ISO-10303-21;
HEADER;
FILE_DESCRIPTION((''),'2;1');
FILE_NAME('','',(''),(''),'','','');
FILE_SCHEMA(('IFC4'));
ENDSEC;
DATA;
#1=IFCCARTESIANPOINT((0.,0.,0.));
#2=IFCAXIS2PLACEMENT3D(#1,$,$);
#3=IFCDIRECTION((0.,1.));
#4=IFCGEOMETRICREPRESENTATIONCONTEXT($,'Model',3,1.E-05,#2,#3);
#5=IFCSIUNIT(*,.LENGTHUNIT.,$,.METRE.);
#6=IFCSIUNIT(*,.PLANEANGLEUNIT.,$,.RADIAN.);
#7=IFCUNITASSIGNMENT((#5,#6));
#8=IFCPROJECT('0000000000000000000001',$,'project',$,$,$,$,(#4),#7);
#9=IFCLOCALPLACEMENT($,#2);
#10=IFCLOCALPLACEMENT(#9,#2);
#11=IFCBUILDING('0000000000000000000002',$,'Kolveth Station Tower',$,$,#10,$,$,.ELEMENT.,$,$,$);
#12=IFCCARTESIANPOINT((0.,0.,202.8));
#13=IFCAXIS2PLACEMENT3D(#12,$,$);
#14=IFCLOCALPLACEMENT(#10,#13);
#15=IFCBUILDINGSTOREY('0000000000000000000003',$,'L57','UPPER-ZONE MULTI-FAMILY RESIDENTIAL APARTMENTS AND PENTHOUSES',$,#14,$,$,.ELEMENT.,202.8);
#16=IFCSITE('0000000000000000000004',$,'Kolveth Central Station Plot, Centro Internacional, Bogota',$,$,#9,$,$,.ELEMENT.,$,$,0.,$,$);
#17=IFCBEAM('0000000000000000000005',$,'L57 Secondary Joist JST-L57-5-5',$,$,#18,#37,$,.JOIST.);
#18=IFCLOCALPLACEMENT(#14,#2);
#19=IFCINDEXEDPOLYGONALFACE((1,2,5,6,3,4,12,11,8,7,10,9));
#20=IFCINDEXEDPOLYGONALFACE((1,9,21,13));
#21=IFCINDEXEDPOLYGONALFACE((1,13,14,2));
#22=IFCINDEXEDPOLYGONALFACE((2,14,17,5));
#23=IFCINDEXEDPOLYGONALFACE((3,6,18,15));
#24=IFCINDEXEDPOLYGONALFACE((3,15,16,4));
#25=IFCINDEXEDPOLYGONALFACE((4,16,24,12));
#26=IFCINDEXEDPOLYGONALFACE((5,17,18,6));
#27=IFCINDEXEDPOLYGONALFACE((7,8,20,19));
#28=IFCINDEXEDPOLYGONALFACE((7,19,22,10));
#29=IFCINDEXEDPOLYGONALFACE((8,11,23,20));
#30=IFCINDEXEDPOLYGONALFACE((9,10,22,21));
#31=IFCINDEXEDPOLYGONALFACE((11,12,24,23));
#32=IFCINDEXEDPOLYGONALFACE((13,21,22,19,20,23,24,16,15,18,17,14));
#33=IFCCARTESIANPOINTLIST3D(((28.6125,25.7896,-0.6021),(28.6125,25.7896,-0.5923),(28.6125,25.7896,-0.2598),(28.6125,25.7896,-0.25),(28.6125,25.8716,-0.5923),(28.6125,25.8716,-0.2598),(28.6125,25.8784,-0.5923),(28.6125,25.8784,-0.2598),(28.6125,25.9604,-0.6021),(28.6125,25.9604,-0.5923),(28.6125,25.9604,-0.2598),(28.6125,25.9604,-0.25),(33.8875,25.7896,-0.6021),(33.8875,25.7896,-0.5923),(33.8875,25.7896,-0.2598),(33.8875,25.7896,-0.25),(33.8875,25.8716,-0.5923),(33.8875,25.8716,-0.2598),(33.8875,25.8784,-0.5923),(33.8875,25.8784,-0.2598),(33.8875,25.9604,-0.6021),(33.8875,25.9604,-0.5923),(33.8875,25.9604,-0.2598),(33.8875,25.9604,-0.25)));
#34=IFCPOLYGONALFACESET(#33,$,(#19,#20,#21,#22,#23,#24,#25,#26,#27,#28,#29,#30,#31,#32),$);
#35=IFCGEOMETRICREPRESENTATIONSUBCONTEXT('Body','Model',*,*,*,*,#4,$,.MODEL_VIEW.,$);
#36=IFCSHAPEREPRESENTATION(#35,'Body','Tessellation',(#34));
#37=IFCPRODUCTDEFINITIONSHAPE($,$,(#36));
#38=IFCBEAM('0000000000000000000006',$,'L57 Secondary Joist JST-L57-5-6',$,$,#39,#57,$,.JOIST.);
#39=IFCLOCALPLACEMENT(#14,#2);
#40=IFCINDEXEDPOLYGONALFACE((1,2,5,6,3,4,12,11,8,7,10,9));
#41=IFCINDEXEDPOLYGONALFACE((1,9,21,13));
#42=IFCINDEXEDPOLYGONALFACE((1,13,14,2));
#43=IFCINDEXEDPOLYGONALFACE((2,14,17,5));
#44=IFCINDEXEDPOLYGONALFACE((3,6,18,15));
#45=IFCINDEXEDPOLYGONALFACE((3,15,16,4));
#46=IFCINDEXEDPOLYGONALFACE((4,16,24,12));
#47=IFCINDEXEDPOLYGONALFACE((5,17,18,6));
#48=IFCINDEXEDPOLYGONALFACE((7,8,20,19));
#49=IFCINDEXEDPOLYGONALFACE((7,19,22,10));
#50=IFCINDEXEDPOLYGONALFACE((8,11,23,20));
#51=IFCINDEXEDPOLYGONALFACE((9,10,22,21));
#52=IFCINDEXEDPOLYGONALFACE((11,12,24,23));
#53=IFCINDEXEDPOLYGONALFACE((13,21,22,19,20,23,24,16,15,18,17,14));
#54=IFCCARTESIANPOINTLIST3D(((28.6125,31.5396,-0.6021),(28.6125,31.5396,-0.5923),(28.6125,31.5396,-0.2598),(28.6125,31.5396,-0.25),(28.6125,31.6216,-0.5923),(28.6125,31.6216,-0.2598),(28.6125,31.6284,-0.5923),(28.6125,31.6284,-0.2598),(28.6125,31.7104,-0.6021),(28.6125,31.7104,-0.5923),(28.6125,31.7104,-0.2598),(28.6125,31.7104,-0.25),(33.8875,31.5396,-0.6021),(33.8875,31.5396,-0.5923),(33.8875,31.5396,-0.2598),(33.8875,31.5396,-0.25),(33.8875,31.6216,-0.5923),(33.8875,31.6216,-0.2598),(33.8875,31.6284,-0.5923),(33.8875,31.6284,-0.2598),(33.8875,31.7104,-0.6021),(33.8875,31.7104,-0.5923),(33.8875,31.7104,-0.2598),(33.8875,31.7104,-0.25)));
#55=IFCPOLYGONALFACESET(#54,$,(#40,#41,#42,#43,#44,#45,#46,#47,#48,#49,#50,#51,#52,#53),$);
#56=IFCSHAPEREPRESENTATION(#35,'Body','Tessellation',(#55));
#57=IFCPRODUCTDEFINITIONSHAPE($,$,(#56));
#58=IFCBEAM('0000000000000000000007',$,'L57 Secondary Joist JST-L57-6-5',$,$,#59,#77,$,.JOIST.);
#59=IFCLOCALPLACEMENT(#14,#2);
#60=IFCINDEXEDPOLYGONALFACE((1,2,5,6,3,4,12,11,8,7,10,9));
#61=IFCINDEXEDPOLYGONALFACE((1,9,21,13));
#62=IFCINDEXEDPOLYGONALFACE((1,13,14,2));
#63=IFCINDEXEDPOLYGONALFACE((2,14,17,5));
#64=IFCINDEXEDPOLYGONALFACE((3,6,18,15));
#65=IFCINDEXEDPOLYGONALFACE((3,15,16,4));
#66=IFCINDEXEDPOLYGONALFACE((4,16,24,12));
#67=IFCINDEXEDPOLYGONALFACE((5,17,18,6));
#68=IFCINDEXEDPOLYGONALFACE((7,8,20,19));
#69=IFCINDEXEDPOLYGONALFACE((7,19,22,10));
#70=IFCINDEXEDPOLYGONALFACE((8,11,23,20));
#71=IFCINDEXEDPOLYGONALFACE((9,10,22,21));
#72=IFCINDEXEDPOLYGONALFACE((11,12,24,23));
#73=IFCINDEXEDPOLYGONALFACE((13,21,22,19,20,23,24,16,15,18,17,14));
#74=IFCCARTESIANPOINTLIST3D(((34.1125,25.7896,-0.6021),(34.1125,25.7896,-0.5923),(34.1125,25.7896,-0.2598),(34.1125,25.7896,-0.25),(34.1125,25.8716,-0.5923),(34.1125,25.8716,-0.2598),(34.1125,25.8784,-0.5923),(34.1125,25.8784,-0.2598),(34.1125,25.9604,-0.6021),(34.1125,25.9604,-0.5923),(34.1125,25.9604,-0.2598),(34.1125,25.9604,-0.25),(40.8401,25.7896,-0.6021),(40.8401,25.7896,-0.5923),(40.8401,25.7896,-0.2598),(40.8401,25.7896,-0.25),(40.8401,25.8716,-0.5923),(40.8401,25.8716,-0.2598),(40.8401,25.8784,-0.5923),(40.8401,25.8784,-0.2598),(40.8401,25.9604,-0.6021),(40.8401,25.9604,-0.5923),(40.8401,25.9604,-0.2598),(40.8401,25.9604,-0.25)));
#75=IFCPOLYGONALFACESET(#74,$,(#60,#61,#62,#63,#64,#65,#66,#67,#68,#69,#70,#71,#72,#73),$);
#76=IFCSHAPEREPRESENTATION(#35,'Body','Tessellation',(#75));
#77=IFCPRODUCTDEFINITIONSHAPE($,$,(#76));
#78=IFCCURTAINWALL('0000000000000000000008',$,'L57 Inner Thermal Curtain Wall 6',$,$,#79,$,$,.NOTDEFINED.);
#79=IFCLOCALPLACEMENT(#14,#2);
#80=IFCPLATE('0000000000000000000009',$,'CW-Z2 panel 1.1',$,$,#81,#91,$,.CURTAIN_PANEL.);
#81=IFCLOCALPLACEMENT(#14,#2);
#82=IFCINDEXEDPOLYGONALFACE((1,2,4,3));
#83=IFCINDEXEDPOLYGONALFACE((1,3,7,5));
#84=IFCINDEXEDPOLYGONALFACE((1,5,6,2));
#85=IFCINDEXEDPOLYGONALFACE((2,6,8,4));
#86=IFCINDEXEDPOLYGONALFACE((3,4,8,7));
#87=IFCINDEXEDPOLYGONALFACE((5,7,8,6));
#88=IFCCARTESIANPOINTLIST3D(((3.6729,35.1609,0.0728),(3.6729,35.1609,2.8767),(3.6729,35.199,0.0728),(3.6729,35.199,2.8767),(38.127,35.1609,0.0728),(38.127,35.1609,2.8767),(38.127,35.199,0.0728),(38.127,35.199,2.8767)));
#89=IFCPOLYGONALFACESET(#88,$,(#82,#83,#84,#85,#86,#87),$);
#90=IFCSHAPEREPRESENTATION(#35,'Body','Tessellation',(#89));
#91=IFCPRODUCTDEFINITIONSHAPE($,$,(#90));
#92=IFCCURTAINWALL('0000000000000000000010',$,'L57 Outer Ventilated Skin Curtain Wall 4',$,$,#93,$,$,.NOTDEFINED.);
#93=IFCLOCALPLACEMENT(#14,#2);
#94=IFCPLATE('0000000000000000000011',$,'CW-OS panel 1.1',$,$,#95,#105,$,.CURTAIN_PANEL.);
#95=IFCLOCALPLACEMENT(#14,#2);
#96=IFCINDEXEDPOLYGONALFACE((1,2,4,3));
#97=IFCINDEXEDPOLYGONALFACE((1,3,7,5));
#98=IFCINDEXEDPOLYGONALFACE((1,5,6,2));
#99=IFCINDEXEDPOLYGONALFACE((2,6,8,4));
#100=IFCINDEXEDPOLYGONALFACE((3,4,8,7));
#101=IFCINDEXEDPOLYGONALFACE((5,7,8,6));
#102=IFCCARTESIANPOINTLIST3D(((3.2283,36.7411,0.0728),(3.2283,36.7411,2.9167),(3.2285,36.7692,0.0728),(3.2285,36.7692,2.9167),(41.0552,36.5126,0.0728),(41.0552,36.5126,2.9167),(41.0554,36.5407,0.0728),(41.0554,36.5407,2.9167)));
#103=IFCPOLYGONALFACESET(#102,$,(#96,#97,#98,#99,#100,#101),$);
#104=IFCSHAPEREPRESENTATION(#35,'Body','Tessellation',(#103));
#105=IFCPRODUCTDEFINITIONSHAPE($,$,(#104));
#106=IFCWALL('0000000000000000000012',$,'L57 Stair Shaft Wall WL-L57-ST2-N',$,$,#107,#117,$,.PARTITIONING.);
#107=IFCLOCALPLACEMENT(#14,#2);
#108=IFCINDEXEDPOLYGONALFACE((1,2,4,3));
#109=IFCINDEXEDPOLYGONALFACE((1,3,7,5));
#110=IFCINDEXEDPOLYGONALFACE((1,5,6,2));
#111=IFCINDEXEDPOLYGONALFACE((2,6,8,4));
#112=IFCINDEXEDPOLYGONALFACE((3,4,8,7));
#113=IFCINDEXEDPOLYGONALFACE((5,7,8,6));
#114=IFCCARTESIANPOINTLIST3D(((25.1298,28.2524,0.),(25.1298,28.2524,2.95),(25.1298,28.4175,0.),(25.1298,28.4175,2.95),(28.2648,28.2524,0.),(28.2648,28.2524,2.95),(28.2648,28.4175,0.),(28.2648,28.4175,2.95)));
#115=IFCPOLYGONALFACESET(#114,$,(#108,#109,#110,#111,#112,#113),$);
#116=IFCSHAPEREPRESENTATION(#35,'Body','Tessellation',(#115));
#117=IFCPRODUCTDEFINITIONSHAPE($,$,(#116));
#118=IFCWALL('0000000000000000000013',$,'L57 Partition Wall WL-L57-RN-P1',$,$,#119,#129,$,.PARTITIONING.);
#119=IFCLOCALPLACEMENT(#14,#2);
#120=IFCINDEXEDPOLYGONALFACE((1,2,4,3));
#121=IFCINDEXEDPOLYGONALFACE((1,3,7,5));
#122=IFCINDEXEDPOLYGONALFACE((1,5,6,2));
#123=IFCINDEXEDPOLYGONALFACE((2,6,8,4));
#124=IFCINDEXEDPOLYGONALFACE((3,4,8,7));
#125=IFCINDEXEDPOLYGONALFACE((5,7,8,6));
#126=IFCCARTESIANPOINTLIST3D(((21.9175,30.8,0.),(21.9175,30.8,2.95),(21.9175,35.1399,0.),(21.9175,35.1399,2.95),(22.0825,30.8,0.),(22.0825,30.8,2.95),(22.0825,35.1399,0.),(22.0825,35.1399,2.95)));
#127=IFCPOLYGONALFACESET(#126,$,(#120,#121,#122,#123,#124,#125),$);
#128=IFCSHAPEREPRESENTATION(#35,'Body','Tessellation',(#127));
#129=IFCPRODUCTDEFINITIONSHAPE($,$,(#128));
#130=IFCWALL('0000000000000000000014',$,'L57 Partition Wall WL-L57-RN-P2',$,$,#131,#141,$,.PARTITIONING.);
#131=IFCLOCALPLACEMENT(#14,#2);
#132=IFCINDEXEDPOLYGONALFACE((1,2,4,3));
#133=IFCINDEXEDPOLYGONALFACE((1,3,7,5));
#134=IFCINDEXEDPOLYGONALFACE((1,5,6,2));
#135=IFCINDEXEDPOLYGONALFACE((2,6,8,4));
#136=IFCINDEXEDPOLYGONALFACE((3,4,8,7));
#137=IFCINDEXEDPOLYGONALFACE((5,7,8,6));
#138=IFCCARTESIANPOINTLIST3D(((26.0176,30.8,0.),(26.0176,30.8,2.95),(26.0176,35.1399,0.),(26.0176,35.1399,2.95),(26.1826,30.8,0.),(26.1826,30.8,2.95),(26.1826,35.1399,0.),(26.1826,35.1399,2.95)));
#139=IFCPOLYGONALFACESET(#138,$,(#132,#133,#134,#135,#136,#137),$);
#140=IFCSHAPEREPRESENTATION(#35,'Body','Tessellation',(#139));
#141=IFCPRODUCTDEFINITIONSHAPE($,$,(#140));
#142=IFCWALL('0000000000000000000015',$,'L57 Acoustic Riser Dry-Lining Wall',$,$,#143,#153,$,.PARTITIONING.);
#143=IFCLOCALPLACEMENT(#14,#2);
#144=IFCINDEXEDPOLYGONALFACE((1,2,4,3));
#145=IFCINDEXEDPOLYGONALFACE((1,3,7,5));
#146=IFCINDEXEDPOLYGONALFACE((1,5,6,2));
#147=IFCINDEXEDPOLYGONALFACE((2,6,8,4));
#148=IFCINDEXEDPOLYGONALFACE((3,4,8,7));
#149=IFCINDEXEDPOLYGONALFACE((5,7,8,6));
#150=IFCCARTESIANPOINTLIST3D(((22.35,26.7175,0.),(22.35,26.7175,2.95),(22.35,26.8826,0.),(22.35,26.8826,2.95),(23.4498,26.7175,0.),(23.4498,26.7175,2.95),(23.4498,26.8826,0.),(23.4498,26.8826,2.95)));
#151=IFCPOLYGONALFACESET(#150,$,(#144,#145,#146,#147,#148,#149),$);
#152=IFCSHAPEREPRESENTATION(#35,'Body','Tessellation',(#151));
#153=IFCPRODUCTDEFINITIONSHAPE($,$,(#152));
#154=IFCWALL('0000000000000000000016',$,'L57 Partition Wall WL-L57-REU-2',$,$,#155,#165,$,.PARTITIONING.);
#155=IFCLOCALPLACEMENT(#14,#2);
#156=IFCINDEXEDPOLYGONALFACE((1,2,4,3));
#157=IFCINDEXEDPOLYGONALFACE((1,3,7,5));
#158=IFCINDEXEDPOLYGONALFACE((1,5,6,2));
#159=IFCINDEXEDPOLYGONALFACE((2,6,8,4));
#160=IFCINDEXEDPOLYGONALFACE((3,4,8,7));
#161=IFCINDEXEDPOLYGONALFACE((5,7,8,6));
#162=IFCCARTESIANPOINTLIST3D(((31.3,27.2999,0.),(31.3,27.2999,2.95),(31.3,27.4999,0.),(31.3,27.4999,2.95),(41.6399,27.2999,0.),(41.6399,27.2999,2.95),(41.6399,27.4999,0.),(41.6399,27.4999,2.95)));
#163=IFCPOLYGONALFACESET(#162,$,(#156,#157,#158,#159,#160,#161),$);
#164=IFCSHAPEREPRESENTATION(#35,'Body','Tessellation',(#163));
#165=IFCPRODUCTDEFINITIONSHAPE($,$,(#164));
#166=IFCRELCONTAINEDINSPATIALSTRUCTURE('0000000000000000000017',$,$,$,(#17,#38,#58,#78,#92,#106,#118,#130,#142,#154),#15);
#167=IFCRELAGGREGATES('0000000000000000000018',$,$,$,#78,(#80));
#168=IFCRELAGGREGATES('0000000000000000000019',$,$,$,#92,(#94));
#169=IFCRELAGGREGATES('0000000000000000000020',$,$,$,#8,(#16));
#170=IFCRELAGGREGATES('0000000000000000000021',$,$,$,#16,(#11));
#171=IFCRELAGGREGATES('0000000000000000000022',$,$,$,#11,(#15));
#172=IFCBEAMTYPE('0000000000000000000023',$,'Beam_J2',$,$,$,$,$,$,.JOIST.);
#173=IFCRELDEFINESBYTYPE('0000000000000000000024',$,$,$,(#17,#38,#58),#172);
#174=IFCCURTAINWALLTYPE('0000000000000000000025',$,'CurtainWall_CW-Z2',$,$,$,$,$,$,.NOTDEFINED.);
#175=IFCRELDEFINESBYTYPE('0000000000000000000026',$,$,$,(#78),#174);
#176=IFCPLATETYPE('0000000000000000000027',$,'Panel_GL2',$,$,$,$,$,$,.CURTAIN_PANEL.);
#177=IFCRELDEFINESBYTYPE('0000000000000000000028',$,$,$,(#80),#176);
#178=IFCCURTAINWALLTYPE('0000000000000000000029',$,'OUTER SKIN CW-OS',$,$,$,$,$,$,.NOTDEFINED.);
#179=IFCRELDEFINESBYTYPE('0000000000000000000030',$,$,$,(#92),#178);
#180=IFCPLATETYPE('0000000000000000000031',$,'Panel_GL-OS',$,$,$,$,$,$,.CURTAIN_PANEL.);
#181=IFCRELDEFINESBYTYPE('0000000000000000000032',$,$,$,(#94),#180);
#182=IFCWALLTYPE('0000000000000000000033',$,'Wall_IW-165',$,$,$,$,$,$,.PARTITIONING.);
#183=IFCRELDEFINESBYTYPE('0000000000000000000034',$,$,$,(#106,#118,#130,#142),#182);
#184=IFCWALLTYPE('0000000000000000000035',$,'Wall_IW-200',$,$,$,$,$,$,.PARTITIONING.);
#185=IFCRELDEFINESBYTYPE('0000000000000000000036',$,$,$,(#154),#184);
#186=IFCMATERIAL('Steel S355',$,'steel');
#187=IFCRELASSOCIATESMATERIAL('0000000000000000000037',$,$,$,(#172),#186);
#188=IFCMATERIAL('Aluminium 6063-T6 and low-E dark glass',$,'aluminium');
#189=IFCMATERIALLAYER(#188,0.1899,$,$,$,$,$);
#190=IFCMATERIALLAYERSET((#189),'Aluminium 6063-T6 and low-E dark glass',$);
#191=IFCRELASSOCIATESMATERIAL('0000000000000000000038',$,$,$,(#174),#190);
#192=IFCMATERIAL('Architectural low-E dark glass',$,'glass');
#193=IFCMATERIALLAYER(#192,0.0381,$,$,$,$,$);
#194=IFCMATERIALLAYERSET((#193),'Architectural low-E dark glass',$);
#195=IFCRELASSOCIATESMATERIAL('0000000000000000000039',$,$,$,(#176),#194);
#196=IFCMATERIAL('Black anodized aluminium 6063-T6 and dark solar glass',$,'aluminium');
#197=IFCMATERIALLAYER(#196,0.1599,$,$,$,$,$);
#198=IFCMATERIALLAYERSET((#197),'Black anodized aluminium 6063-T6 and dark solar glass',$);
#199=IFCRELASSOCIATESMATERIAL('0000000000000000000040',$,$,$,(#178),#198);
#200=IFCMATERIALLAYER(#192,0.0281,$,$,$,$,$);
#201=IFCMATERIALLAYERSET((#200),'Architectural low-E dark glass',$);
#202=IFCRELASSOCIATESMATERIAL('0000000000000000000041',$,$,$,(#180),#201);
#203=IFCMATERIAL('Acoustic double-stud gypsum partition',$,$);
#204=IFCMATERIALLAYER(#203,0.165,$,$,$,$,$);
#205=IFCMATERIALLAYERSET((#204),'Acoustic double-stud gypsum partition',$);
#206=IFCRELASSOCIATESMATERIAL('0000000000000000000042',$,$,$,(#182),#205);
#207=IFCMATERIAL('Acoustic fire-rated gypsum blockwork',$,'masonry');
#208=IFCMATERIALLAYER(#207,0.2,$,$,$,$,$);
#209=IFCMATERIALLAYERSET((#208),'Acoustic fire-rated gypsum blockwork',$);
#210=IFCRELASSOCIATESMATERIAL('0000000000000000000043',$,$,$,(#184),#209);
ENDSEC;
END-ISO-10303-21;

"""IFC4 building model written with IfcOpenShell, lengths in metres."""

from ifc_helpers import new_model, si_unit, direction, frame, frame_2d, origin, origin_2d, place, context, subcontext, project, spatial, rectangle, i_section, extrude, source, transform, mapped, material, layer, layer_set, material_profile, profile_set, type_object, element, aggregate, save


model = new_model("IFC4")

# Units and contexts
model_context = context("Model", 3, precision=1e-05, world=origin(), true_north=direction((0.0, 1.0)))
body_context = subcontext(model_context, "Body", "Model", "MODEL_VIEW")
ifc_project = project(units=[si_unit("LENGTHUNIT", "METRE"), si_unit("PLANEANGLEUNIT", "RADIAN")], contexts=[model_context])

# Site, building, storey
site_placement = place(None, origin())
site = spatial("IfcSite", under=ifc_project, at=site_placement, Name="Kolveth Central Station Plot, Centro Internacional, Bogota", CompositionType="ELEMENT", RefElevation=0.0)
building_placement = place(site_placement, origin())
building = spatial("IfcBuilding", under=site, at=building_placement, Name="Kolveth Station Tower", CompositionType="ELEMENT")
storey_placement = place(building_placement, frame((0.0, 0.0, 202.8)))
storey = spatial("IfcBuildingStorey", under=building, at=storey_placement, Name="L57", Description="UPPER-ZONE MULTI-FAMILY RESIDENTIAL APARTMENTS AND PENTHOUSES", CompositionType="ELEMENT", Elevation=202.8)

# Shared definitions
ifc_material_1 = material(Name="Steel S355", Category="steel")

# Beams
ifc_material_profile_1 = material_profile(ifc_material_1, i_section(OverallWidth=0.1709, OverallDepth=0.3521, WebThickness=0.0068, FlangeThickness=0.0098, at=origin_2d()), Name="W360x44")
ifc_profile_set_1 = profile_set([ifc_material_profile_1], Name="Steel S355")
beam_type_1 = type_object("IfcBeamType", Name="Beam_J2", PredefinedType="JOIST", material=ifc_profile_set_1)
shared_shape_1 = source(origin(), body_context, "Body", "SweptSolid", [
    extrude(i_section(OverallWidth=0.1709, OverallDepth=0.3521, WebThickness=0.0068, FlangeThickness=0.0098, at=origin_2d()), origin(), (0.0, 0.0, 1.0), 5.2749),
])
for number, where, z_axis, x_axis, name in (
    (1, (28.6125, 25.875, -0.426), (1.0, 0.0, 0.0), (0.0, 1.0, 0.0), "L57 Secondary Joist JST-L57-5-5"),
    (2, (28.6125, 31.625, -0.426), (1.0, 0.0, 0.0), (0.0, 1.0, 0.0), "L57 Secondary Joist JST-L57-5-6"),
):
    element("IfcBeam", number, at=place(storey_placement, frame(where, z_axis=z_axis, x_axis=x_axis)), inside=storey, type_object=beam_type_1, Name=name, PredefinedType="JOIST", context=body_context, shape_type="MappedRepresentation", body=[
        mapped(shared_shape_1, transform((0.0, 0.0, 0.0), x_axis=(1.0, 0.0, 0.0), y_axis=(0.0, 1.0, 0.0), z_axis=(0.0, 0.0, 1.0), scale=1.0)),
    ])
shared_shape_2 = source(origin(), body_context, "Body", "SweptSolid", [
    extrude(i_section(OverallWidth=0.1709, OverallDepth=0.3521, WebThickness=0.0068, FlangeThickness=0.0098, at=origin_2d()), origin(), (0.0, 0.0, 1.0), 6.7275),
])
beam_1_placement = place(storey_placement, frame((34.1125, 25.875, -0.426), z_axis=(1.0, 0.0, 0.0), x_axis=(0.0, 1.0, 0.0)))
element("IfcBeam", 3, at=beam_1_placement, inside=storey, type_object=beam_type_1, Name="L57 Secondary Joist JST-L57-6-5", PredefinedType="JOIST", context=body_context, shape_type="MappedRepresentation", body=[
    mapped(shared_shape_2, transform((0.0, 0.0, 0.0), x_axis=(1.0, 0.0, 0.0), y_axis=(0.0, 1.0, 0.0), z_axis=(0.0, 0.0, 1.0), scale=1.0)),
])

# Curtain walls, plates
ifc_material_2 = material(Name="Aluminium 6063-T6 and low-E dark glass", Category="aluminium")
ifc_layer_1 = layer(ifc_material_2, 0.1899)
ifc_layer_set_1 = layer_set([ifc_layer_1], Name="Aluminium 6063-T6 and low-E dark glass")
curtain_wall_type_1 = type_object("IfcCurtainWallType", Name="CurtainWall_CW-Z2", PredefinedType="NOTDEFINED", material=ifc_layer_set_1)
curtain_wall_1_placement = place(storey_placement, origin())
curtain_wall_1 = element("IfcCurtainWall", 4, at=curtain_wall_1_placement, inside=storey, type_object=curtain_wall_type_1, Name="L57 Inner Thermal Curtain Wall 6", PredefinedType="NOTDEFINED")
ifc_material_3 = material(Name="Architectural low-E dark glass", Category="glass")
ifc_layer_2 = layer(ifc_material_3, 0.0381)
ifc_layer_set_2 = layer_set([ifc_layer_2], Name="Architectural low-E dark glass")
plate_type_1 = type_object("IfcPlateType", Name="Panel_GL2", PredefinedType="CURTAIN_PANEL", material=ifc_layer_set_2)
shared_shape_3 = source(origin(), body_context, "Body", "SweptSolid", [
    extrude(rectangle(XDim=34.4541, YDim=0.0381, at=origin_2d()), origin(), (0.0, 0.0, 1.0), 2.804),
])
plate_1_placement = place(storey_placement, frame((20.8999, 35.1799, 0.0728), z_axis=(0.0, 0.0, 1.0), x_axis=(-1.0, 0.0, 0.0)))
plate_1 = element("IfcPlate", 5, at=plate_1_placement, type_object=plate_type_1, Name="CW-Z2 panel 1.1", PredefinedType="CURTAIN_PANEL", context=body_context, shape_type="MappedRepresentation", body=[
    mapped(shared_shape_3, transform((0.0, 0.0, 0.0), x_axis=(1.0, 0.0, 0.0), y_axis=(0.0, 1.0, 0.0), z_axis=(0.0, 0.0, 1.0), scale=1.0)),
])
aggregate(curtain_wall_1, [plate_1])
ifc_material_4 = material(Name="Black anodized aluminium 6063-T6 and dark solar glass", Category="aluminium")
ifc_layer_3 = layer(ifc_material_4, 0.1599)
ifc_layer_set_3 = layer_set([ifc_layer_3], Name="Black anodized aluminium 6063-T6 and dark solar glass")
curtain_wall_type_2 = type_object("IfcCurtainWallType", Name="OUTER SKIN CW-OS", PredefinedType="NOTDEFINED", material=ifc_layer_set_3)
curtain_wall_2_placement = place(storey_placement, origin())
curtain_wall_2 = element("IfcCurtainWall", 6, at=curtain_wall_2_placement, inside=storey, type_object=curtain_wall_type_2, Name="L57 Outer Ventilated Skin Curtain Wall 4", PredefinedType="NOTDEFINED")
ifc_layer_4 = layer(ifc_material_3, 0.0281)
ifc_layer_set_4 = layer_set([ifc_layer_4], Name="Architectural low-E dark glass")
plate_type_2 = type_object("IfcPlateType", Name="Panel_GL-OS", PredefinedType="CURTAIN_PANEL", material=ifc_layer_set_4)
shared_shape_4 = source(origin(), body_context, "Body", "SweptSolid", [
    extrude(rectangle(XDim=37.8276, YDim=0.0281, at=origin_2d()), origin(), (0.0, 0.0, 1.0), 2.844),
])
plate_2_placement = place(storey_placement, frame((22.1418, 36.6409, 0.0728), z_axis=(0.0, 0.0, 1.0), x_axis=(-0.999982, 0.00604, 0.0)))
plate_2 = element("IfcPlate", 7, at=plate_2_placement, type_object=plate_type_2, Name="CW-OS panel 1.1", PredefinedType="CURTAIN_PANEL", context=body_context, shape_type="MappedRepresentation", body=[
    mapped(shared_shape_4, transform((0.0, 0.0, 0.0), x_axis=(1.0, 0.0, 0.0), y_axis=(0.0, 1.0, 0.0), z_axis=(0.0, 0.0, 1.0), scale=1.0)),
])
aggregate(curtain_wall_2, [plate_2])

# Walls
ifc_material_5 = material(Name="Acoustic double-stud gypsum partition")
ifc_layer_5 = layer(ifc_material_5, 0.165)
ifc_layer_set_5 = layer_set([ifc_layer_5], Name="Acoustic double-stud gypsum partition")
wall_type_1 = type_object("IfcWallType", Name="Wall_IW-165", PredefinedType="PARTITIONING", material=ifc_layer_set_5)
wall_1_placement = place(storey_placement, frame((25.1299, 28.335, 0.0), z_axis=(0.0, 0.0, 1.0), x_axis=(1.0, 0.0, 0.0)))
element("IfcWall", 8, at=wall_1_placement, inside=storey, type_object=wall_type_1, Name="L57 Stair Shaft Wall WL-L57-ST2-N", PredefinedType="PARTITIONING", context=body_context, shape_type="SweptSolid", body=[
    extrude(rectangle(XDim=3.135, YDim=0.165, at=frame_2d((1.5674, 0.0))), origin(), (0.0, 0.0, 1.0), 2.95),
])
for number, where, z_axis, x_axis, name in (
    (9, (22.0, 30.8, 0.0), (0.0, 0.0, 1.0), (0.0, 1.0, 0.0), "L57 Partition Wall WL-L57-RN-P1"),
    (10, (26.1001, 30.8, 0.0), (0.0, 0.0, 1.0), (0.0, 1.0, 0.0), "L57 Partition Wall WL-L57-RN-P2"),
):
    element("IfcWall", number, at=place(storey_placement, frame(where, z_axis=z_axis, x_axis=x_axis)), inside=storey, type_object=wall_type_1, Name=name, PredefinedType="PARTITIONING", context=body_context, shape_type="SweptSolid", body=[
        extrude(rectangle(XDim=4.3398, YDim=0.165, at=frame_2d((2.1699, 0.0))), origin(), (0.0, 0.0, 1.0), 2.95),
    ])
wall_2_placement = place(storey_placement, frame((22.3501, 26.8, 0.0), z_axis=(0.0, 0.0, 1.0), x_axis=(1.0, 0.0, 0.0)))
element("IfcWall", 11, at=wall_2_placement, inside=storey, type_object=wall_type_1, Name="L57 Acoustic Riser Dry-Lining Wall", PredefinedType="PARTITIONING", context=body_context, shape_type="SweptSolid", body=[
    extrude(rectangle(XDim=1.0999, YDim=0.165, at=frame_2d((0.5498, 0.0))), origin(), (0.0, 0.0, 1.0), 2.95),
])
ifc_material_6 = material(Name="Acoustic fire-rated gypsum blockwork", Category="masonry")
ifc_layer_6 = layer(ifc_material_6, 0.2)
ifc_layer_set_6 = layer_set([ifc_layer_6], Name="Acoustic fire-rated gypsum blockwork")
wall_type_2 = type_object("IfcWallType", Name="Wall_IW-200", PredefinedType="PARTITIONING", material=ifc_layer_set_6)
wall_3_placement = place(storey_placement, frame((31.3, 27.3999, 0.0), z_axis=(0.0, 0.0, 1.0), x_axis=(1.0, 0.0, 0.0)))
element("IfcWall", 12, at=wall_3_placement, inside=storey, type_object=wall_type_2, Name="L57 Partition Wall WL-L57-REU-2", PredefinedType="PARTITIONING", context=body_context, shape_type="SweptSolid", body=[
    extrude(rectangle(XDim=10.3398, YDim=0.2, at=frame_2d((5.1699, 0.0))), origin(), (0.0, 0.0, 1.0), 2.95),
])

save(model, "model.ifc")
